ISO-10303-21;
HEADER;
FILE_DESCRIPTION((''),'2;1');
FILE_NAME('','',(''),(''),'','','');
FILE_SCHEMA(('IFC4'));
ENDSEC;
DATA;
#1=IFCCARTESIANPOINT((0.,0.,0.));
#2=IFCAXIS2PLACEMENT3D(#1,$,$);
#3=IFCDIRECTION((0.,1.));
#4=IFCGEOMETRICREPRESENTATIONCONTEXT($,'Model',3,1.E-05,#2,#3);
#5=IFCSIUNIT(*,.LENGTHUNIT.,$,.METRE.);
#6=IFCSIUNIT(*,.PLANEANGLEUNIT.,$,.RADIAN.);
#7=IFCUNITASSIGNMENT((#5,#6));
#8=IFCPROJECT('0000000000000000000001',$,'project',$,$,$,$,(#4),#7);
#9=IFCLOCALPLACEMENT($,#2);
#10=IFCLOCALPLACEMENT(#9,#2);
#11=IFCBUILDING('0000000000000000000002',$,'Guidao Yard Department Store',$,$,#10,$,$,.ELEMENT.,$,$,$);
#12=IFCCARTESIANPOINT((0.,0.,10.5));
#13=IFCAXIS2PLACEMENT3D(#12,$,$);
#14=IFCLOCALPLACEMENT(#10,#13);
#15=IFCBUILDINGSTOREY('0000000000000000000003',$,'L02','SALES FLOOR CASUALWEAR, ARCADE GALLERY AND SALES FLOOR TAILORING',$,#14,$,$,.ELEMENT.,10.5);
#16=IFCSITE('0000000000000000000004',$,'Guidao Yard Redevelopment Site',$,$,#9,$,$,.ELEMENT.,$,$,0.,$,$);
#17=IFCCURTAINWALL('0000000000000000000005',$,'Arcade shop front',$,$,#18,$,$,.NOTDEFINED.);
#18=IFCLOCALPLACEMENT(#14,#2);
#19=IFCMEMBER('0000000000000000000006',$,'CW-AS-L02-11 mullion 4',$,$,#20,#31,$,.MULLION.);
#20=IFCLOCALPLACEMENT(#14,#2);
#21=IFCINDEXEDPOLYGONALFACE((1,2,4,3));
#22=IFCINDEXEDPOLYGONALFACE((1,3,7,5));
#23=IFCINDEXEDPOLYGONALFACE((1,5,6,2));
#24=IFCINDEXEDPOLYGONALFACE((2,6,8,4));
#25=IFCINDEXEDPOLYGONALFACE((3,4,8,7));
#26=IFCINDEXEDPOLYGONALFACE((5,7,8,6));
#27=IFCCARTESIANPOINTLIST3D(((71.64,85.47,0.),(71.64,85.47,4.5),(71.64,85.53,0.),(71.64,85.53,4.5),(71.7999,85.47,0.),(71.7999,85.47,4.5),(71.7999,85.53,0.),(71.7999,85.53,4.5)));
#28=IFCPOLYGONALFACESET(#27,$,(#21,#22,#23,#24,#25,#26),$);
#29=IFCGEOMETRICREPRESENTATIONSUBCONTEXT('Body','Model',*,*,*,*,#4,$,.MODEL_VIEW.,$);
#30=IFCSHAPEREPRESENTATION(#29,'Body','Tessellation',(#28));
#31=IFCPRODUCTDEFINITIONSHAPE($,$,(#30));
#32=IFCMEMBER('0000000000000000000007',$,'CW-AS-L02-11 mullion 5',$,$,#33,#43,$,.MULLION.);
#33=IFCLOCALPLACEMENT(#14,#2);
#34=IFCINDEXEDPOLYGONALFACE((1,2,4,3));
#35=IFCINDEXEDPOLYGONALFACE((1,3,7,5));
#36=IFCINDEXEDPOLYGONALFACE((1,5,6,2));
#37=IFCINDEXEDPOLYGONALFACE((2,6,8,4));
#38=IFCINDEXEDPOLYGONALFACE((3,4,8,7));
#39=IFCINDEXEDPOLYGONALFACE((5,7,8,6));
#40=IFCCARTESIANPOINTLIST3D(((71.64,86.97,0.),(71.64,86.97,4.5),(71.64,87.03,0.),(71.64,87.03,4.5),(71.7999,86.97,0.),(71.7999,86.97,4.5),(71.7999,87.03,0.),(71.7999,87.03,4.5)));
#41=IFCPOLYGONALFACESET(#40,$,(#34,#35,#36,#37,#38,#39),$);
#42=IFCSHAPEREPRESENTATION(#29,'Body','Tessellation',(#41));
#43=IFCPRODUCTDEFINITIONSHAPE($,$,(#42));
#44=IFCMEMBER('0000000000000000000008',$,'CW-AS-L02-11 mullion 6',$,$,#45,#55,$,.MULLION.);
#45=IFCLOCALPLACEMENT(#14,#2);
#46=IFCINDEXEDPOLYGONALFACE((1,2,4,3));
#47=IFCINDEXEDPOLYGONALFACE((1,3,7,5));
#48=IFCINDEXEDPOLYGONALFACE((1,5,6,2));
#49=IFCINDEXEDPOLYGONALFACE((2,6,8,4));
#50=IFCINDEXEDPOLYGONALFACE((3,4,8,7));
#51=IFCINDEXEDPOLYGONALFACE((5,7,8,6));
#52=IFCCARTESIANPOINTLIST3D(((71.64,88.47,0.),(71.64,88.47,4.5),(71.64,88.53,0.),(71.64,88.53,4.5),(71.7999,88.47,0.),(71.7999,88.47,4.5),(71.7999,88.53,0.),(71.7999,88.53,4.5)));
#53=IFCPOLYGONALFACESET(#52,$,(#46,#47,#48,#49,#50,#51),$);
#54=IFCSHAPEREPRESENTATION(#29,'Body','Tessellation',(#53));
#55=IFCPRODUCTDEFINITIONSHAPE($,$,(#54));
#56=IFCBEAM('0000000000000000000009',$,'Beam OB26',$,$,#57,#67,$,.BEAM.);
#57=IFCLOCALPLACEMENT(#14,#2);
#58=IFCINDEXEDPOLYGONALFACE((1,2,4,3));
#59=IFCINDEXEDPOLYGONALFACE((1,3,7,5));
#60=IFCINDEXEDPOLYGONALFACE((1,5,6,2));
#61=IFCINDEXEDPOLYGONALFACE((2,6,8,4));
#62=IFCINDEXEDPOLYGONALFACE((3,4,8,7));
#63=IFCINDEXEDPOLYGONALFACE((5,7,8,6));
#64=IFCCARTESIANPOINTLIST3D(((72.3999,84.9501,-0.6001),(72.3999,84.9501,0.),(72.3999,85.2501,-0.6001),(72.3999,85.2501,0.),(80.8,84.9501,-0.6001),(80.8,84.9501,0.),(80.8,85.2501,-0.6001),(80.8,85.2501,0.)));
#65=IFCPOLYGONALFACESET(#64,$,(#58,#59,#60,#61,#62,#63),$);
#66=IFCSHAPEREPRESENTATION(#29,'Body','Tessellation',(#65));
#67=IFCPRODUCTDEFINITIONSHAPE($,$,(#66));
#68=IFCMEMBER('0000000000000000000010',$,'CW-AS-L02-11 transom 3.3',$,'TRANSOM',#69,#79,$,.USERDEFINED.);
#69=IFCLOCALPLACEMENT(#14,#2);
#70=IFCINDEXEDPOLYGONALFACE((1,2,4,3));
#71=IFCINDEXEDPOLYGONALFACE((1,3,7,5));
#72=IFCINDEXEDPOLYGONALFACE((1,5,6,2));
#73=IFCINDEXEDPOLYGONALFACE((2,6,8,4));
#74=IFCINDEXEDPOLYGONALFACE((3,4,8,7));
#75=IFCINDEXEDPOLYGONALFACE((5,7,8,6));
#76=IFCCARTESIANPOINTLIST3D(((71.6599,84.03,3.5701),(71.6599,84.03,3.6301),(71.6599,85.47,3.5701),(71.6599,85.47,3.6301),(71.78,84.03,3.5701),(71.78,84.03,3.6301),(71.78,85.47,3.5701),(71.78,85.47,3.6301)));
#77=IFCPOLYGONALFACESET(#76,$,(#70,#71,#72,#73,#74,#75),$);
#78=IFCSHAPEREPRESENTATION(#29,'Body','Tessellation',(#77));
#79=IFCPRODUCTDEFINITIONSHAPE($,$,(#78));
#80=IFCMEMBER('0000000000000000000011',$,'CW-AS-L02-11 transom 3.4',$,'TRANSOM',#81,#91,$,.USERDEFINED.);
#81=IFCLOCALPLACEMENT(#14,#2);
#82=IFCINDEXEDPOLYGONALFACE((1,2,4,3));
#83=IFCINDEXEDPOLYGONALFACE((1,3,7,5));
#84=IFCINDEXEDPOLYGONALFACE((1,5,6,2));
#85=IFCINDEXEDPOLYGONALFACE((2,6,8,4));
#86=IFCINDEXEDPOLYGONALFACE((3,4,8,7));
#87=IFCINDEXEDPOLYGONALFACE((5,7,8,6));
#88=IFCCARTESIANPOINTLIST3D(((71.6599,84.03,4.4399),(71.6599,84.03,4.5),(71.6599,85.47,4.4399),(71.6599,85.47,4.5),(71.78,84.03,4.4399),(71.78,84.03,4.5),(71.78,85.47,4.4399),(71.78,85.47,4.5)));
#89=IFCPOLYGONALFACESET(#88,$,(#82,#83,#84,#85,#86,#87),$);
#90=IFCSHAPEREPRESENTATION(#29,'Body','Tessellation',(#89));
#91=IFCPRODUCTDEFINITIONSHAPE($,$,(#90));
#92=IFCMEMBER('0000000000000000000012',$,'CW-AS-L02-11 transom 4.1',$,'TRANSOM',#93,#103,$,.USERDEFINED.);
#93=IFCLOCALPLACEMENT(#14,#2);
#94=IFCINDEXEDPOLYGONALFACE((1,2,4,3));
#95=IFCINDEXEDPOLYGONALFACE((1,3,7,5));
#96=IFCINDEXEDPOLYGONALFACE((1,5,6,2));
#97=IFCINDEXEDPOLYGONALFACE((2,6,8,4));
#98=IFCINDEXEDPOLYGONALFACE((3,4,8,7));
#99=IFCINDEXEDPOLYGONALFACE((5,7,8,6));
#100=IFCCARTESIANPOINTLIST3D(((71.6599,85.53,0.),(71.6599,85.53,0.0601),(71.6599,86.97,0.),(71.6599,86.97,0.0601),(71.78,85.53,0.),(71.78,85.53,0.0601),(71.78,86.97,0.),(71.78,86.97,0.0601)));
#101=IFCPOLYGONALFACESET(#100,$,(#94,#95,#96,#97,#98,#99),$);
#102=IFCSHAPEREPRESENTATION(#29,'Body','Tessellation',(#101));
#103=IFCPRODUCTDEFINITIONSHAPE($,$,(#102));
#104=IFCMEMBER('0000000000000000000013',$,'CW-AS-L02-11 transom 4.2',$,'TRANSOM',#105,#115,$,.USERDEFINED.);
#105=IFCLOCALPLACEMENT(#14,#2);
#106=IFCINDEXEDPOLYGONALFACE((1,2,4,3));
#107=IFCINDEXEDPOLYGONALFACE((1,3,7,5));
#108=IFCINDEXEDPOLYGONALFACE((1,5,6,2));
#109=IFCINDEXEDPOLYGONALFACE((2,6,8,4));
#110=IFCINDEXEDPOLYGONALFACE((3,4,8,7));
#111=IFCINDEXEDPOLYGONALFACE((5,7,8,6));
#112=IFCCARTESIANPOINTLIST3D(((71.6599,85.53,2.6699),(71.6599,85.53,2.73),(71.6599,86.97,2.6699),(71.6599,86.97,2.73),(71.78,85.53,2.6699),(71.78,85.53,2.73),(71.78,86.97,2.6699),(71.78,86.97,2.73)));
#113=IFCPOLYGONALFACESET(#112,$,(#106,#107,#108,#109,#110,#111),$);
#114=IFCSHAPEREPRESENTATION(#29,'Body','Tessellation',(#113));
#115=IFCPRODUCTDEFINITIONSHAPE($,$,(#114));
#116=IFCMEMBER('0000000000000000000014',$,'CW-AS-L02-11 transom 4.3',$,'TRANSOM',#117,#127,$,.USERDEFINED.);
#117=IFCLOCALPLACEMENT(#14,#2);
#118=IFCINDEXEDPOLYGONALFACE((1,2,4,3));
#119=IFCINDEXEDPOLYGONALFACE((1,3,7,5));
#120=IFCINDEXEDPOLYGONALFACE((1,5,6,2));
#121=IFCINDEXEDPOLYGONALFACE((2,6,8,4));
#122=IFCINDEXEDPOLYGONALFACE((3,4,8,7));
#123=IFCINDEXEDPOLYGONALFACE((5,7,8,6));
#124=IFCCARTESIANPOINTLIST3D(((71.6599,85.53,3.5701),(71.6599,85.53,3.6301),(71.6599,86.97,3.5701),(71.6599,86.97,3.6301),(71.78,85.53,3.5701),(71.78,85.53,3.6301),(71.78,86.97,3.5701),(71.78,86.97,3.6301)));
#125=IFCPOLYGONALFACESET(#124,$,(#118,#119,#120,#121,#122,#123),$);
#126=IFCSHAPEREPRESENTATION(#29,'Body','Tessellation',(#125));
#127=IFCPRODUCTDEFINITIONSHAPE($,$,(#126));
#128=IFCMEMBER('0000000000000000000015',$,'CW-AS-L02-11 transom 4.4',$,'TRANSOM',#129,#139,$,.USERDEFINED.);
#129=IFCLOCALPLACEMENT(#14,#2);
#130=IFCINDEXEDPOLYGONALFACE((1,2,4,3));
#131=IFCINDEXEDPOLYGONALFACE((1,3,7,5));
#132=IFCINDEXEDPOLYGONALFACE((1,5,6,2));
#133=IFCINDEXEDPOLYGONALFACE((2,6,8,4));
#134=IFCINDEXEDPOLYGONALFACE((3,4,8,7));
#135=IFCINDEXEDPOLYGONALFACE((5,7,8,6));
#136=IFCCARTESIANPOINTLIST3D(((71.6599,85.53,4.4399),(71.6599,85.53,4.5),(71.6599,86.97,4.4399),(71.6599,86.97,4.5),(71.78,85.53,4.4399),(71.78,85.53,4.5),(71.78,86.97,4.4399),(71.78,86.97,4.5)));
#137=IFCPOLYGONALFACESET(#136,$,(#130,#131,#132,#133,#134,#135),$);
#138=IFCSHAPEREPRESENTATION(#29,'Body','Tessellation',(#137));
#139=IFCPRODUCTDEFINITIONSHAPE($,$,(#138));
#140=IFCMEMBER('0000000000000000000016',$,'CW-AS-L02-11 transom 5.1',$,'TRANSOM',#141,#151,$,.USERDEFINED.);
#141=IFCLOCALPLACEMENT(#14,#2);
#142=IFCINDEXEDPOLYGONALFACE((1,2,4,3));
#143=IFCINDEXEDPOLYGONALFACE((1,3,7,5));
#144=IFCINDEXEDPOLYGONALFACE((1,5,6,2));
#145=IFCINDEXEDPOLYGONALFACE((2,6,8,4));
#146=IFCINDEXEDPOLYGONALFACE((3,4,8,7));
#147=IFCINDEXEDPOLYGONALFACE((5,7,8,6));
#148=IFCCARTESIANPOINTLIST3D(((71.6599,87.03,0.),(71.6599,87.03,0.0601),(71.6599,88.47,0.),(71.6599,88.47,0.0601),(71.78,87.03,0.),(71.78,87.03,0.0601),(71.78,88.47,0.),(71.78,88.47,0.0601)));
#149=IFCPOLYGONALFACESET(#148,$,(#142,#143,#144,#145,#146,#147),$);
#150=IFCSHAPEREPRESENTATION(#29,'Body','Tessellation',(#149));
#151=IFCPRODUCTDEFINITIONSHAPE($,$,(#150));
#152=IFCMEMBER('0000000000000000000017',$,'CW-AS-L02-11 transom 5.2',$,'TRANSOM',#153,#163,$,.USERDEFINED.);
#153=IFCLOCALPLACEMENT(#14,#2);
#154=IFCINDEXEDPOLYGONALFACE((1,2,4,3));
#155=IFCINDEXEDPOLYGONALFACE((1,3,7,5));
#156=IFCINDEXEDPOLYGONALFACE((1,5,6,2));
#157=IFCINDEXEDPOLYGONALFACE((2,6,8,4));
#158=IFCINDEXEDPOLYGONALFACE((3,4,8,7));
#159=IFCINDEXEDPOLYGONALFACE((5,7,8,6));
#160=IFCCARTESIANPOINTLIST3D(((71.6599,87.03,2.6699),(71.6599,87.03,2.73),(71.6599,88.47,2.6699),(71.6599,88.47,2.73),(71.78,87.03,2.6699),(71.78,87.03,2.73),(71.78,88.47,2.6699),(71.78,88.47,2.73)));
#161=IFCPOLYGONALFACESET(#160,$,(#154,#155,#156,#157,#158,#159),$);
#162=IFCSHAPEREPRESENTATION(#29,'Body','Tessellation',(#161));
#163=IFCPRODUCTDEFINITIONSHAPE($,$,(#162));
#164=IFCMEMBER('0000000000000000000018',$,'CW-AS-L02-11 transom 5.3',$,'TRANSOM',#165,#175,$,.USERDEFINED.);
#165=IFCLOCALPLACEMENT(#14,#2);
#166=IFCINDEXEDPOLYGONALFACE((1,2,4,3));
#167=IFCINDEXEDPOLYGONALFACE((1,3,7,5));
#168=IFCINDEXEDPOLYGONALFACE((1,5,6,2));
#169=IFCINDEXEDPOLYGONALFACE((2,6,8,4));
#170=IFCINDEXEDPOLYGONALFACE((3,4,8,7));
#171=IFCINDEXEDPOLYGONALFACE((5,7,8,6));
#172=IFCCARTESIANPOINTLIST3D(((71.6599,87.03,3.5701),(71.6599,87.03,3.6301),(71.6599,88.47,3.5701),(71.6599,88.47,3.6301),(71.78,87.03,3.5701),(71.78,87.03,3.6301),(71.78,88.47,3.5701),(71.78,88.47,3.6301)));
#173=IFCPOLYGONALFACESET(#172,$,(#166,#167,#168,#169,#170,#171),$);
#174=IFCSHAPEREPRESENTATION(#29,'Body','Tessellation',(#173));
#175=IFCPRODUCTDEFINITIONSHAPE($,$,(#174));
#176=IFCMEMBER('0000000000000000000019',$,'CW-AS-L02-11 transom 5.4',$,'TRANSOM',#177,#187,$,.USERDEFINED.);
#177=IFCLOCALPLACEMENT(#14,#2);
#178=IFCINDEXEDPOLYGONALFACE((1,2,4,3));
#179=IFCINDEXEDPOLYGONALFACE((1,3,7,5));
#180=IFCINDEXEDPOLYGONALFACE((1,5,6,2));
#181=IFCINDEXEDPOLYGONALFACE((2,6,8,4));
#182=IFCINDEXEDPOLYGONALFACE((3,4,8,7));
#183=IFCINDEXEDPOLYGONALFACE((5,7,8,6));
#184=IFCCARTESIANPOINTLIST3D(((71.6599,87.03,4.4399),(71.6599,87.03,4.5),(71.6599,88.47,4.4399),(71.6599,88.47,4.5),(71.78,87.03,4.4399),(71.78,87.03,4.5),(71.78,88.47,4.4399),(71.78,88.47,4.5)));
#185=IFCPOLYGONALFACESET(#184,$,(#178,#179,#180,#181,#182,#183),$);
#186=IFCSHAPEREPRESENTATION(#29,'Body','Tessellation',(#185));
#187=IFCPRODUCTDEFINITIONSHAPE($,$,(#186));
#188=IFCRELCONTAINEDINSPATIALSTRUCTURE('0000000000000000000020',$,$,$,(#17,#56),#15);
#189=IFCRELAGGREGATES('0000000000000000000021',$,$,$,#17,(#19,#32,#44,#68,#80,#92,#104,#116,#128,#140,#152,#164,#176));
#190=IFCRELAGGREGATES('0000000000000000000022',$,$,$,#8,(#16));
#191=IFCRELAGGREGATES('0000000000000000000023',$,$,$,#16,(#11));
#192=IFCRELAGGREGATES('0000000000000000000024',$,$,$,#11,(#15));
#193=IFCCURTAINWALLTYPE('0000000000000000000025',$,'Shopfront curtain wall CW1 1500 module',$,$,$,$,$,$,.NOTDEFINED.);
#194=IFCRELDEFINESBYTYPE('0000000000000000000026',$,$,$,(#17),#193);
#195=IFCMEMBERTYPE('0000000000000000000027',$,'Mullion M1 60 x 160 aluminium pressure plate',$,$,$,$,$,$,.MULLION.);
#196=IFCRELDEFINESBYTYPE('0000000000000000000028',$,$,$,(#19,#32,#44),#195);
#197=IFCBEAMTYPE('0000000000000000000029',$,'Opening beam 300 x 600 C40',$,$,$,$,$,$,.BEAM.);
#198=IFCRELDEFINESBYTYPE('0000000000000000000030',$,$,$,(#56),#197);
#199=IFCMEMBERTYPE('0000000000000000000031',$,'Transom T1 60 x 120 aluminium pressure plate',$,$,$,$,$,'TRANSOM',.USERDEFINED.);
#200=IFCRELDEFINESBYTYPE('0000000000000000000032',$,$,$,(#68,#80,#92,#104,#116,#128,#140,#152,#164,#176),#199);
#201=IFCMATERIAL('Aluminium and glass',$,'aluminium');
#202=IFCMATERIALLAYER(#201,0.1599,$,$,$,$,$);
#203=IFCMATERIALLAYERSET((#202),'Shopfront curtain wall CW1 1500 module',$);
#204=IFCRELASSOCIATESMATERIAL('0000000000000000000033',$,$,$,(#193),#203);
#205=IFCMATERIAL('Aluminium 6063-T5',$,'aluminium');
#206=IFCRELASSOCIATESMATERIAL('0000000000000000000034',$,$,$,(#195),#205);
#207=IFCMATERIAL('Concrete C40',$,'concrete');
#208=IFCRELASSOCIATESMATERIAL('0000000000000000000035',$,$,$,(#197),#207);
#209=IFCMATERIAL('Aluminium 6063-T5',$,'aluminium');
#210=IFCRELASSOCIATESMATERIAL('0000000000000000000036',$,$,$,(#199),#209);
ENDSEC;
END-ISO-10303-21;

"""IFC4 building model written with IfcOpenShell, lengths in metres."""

from ifc_helpers import new_model, si_unit, direction, frame, origin, origin_2d, place, context, subcontext, project, spatial, rectangle, extrude, material, layer, layer_set, material_profile, profile_set, type_object, element, aggregate, save


model = new_model("IFC4")

# Units and contexts
model_context = context("Model", 3, precision=1e-05, world=origin(), true_north=direction((0.0, 1.0)))
body_context = subcontext(model_context, "Body", "Model", "MODEL_VIEW")
ifc_project = project(units=[si_unit("LENGTHUNIT", "METRE"), si_unit("PLANEANGLEUNIT", "RADIAN")], contexts=[model_context])

# Site, building, storey
site_placement = place(None, origin())
site = spatial("IfcSite", under=ifc_project, at=site_placement, Name="Guidao Yard Redevelopment Site", CompositionType="ELEMENT", RefElevation=0.0)
building_placement = place(site_placement, origin())
building = spatial("IfcBuilding", under=site, at=building_placement, Name="Guidao Yard Department Store", CompositionType="ELEMENT")
storey_placement = place(building_placement, frame((0.0, 0.0, 10.5)))
storey = spatial("IfcBuildingStorey", under=building, at=storey_placement, Name="L02", Description="SALES FLOOR CASUALWEAR, ARCADE GALLERY AND SALES FLOOR TAILORING", CompositionType="ELEMENT", Elevation=10.5)

# Curtain wall, members
ifc_material_1 = material(Name="Aluminium and glass", Category="aluminium")
ifc_layer_1 = layer(ifc_material_1, 0.1599)
ifc_layer_set_1 = layer_set([ifc_layer_1], Name="Shopfront curtain wall CW1 1500 module")
curtain_wall_type = type_object("IfcCurtainWallType", Name="Shopfront curtain wall CW1 1500 module", PredefinedType="NOTDEFINED", material=ifc_layer_set_1)
curtain_wall_placement = place(storey_placement, origin())
curtain_wall = element("IfcCurtainWall", 1, at=curtain_wall_placement, inside=storey, type_object=curtain_wall_type, Name="Arcade shop front", PredefinedType="NOTDEFINED")
ifc_material_2 = material(Name="Aluminium 6063-T5", Category="aluminium")
ifc_material_profile_1 = material_profile(ifc_material_2, rectangle(XDim=0.0601, YDim=0.1599, at=origin_2d()), Name="Mullion M1 60 x 160 aluminium pressure plate")
ifc_profile_set_1 = profile_set([ifc_material_profile_1], Name="Aluminium 6063-T5")
member_type_1 = type_object("IfcMemberType", Name="Mullion M1 60 x 160 aluminium pressure plate", PredefinedType="MULLION", material=ifc_profile_set_1)
member_1_placement = place(storey_placement, frame((71.72, 85.5, 0.0), z_axis=(0.0, 0.0, 1.0), x_axis=(0.0, 1.0, 0.0)))
member_1 = element("IfcMember", 2, at=member_1_placement, type_object=member_type_1, Name="CW-AS-L02-11 mullion 4", PredefinedType="MULLION", context=body_context, shape_type="SweptSolid", body=[
    extrude(rectangle(XDim=0.0601, YDim=0.1599, at=origin_2d()), origin(), (0.0, 0.0, 1.0), 4.5),
])
member_2_placement = place(storey_placement, frame((71.72, 87.0, 0.0), z_axis=(0.0, 0.0, 1.0), x_axis=(0.0, 1.0, 0.0)))
member_2 = element("IfcMember", 3, at=member_2_placement, type_object=member_type_1, Name="CW-AS-L02-11 mullion 5", PredefinedType="MULLION", context=body_context, shape_type="SweptSolid", body=[
    extrude(rectangle(XDim=0.0601, YDim=0.1599, at=origin_2d()), origin(), (0.0, 0.0, 1.0), 4.5),
])
member_3_placement = place(storey_placement, frame((71.72, 88.5, 0.0), z_axis=(0.0, 0.0, 1.0), x_axis=(0.0, 1.0, 0.0)))
member_3 = element("IfcMember", 4, at=member_3_placement, type_object=member_type_1, Name="CW-AS-L02-11 mullion 6", PredefinedType="MULLION", context=body_context, shape_type="SweptSolid", body=[
    extrude(rectangle(XDim=0.0601, YDim=0.1599, at=origin_2d()), origin(), (0.0, 0.0, 1.0), 4.5),
])

# Beam
ifc_material_3 = material(Name="Concrete C40", Category="concrete")
ifc_material_profile_2 = material_profile(ifc_material_3, rectangle(XDim=0.3, YDim=0.6001, at=origin_2d()), Name="Opening beam 300 x 600 C40")
ifc_profile_set_2 = profile_set([ifc_material_profile_2], Name="Concrete C40")
beam_type = type_object("IfcBeamType", Name="Opening beam 300 x 600 C40", PredefinedType="BEAM", material=ifc_profile_set_2)
beam_placement = place(storey_placement, frame((72.3999, 85.1001, -0.3), z_axis=(1.0, 0.0, 0.0), x_axis=(0.0, 1.0, 0.0)))
element("IfcBeam", 5, at=beam_placement, inside=storey, type_object=beam_type, Name="Beam OB26", PredefinedType="BEAM", context=body_context, shape_type="SweptSolid", body=[
    extrude(rectangle(XDim=0.3, YDim=0.6001, at=origin_2d()), origin(), (0.0, 0.0, 1.0), 8.4001),
])

# Members
ifc_material_4 = material(Name="Aluminium 6063-T5", Category="aluminium")
ifc_material_profile_3 = material_profile(ifc_material_4, rectangle(XDim=0.1201, YDim=0.0601, at=origin_2d()), Name="Transom T1 60 x 120 aluminium pressure plate")
ifc_profile_set_3 = profile_set([ifc_material_profile_3], Name="Aluminium 6063-T5")
member_type_2 = type_object("IfcMemberType", Name="Transom T1 60 x 120 aluminium pressure plate", ElementType="TRANSOM", PredefinedType="USERDEFINED", material=ifc_profile_set_3)
member_4_placement = place(storey_placement, frame((71.72, 84.03, 3.6001), z_axis=(0.0, 1.0, 0.0), x_axis=(-1.0, 0.0, 0.0)))
member_4 = element("IfcMember", 6, at=member_4_placement, type_object=member_type_2, Name="CW-AS-L02-11 transom 3.3", ObjectType="TRANSOM", PredefinedType="USERDEFINED", context=body_context, shape_type="SweptSolid", body=[
    extrude(rectangle(XDim=0.1201, YDim=0.0601, at=origin_2d()), origin(), (0.0, 0.0, 1.0), 1.4399),
])
member_5_placement = place(storey_placement, frame((71.72, 84.03, 4.47), z_axis=(0.0, 1.0, 0.0), x_axis=(-1.0, 0.0, 0.0)))
member_5 = element("IfcMember", 7, at=member_5_placement, type_object=member_type_2, Name="CW-AS-L02-11 transom 3.4", ObjectType="TRANSOM", PredefinedType="USERDEFINED", context=body_context, shape_type="SweptSolid", body=[
    extrude(rectangle(XDim=0.1201, YDim=0.0601, at=origin_2d()), origin(), (0.0, 0.0, 1.0), 1.4399),
])
member_6_placement = place(storey_placement, frame((71.72, 85.53, 0.03), z_axis=(0.0, 1.0, 0.0), x_axis=(-1.0, 0.0, 0.0)))
member_6 = element("IfcMember", 8, at=member_6_placement, type_object=member_type_2, Name="CW-AS-L02-11 transom 4.1", ObjectType="TRANSOM", PredefinedType="USERDEFINED", context=body_context, shape_type="SweptSolid", body=[
    extrude(rectangle(XDim=0.1201, YDim=0.0601, at=origin_2d()), origin(), (0.0, 0.0, 1.0), 1.4399),
])
member_7_placement = place(storey_placement, frame((71.72, 85.53, 2.7), z_axis=(0.0, 1.0, 0.0), x_axis=(-1.0, 0.0, 0.0)))
member_7 = element("IfcMember", 9, at=member_7_placement, type_object=member_type_2, Name="CW-AS-L02-11 transom 4.2", ObjectType="TRANSOM", PredefinedType="USERDEFINED", context=body_context, shape_type="SweptSolid", body=[
    extrude(rectangle(XDim=0.1201, YDim=0.0601, at=origin_2d()), origin(), (0.0, 0.0, 1.0), 1.4399),
])
member_8_placement = place(storey_placement, frame((71.72, 85.53, 3.6001), z_axis=(0.0, 1.0, 0.0), x_axis=(-1.0, 0.0, 0.0)))
member_8 = element("IfcMember", 10, at=member_8_placement, type_object=member_type_2, Name="CW-AS-L02-11 transom 4.3", ObjectType="TRANSOM", PredefinedType="USERDEFINED", context=body_context, shape_type="SweptSolid", body=[
    extrude(rectangle(XDim=0.1201, YDim=0.0601, at=origin_2d()), origin(), (0.0, 0.0, 1.0), 1.4399),
])
member_9_placement = place(storey_placement, frame((71.72, 85.53, 4.47), z_axis=(0.0, 1.0, 0.0), x_axis=(-1.0, 0.0, 0.0)))
member_9 = element("IfcMember", 11, at=member_9_placement, type_object=member_type_2, Name="CW-AS-L02-11 transom 4.4", ObjectType="TRANSOM", PredefinedType="USERDEFINED", context=body_context, shape_type="SweptSolid", body=[
    extrude(rectangle(XDim=0.1201, YDim=0.0601, at=origin_2d()), origin(), (0.0, 0.0, 1.0), 1.4399),
])
member_10_placement = place(storey_placement, frame((71.72, 87.03, 0.03), z_axis=(0.0, 1.0, 0.0), x_axis=(-1.0, 0.0, 0.0)))
member_10 = element("IfcMember", 12, at=member_10_placement, type_object=member_type_2, Name="CW-AS-L02-11 transom 5.1", ObjectType="TRANSOM", PredefinedType="USERDEFINED", context=body_context, shape_type="SweptSolid", body=[
    extrude(rectangle(XDim=0.1201, YDim=0.0601, at=origin_2d()), origin(), (0.0, 0.0, 1.0), 1.4399),
])
member_11_placement = place(storey_placement, frame((71.72, 87.03, 2.7), z_axis=(0.0, 1.0, 0.0), x_axis=(-1.0, 0.0, 0.0)))
member_11 = element("IfcMember", 13, at=member_11_placement, type_object=member_type_2, Name="CW-AS-L02-11 transom 5.2", ObjectType="TRANSOM", PredefinedType="USERDEFINED", context=body_context, shape_type="SweptSolid", body=[
    extrude(rectangle(XDim=0.1201, YDim=0.0601, at=origin_2d()), origin(), (0.0, 0.0, 1.0), 1.4399),
])
member_12_placement = place(storey_placement, frame((71.72, 87.03, 3.6001), z_axis=(0.0, 1.0, 0.0), x_axis=(-1.0, 0.0, 0.0)))
member_12 = element("IfcMember", 14, at=member_12_placement, type_object=member_type_2, Name="CW-AS-L02-11 transom 5.3", ObjectType="TRANSOM", PredefinedType="USERDEFINED", context=body_context, shape_type="SweptSolid", body=[
    extrude(rectangle(XDim=0.1201, YDim=0.0601, at=origin_2d()), origin(), (0.0, 0.0, 1.0), 1.4399),
])
member_13_placement = place(storey_placement, frame((71.72, 87.03, 4.47), z_axis=(0.0, 1.0, 0.0), x_axis=(-1.0, 0.0, 0.0)))
member_13 = element("IfcMember", 15, at=member_13_placement, type_object=member_type_2, Name="CW-AS-L02-11 transom 5.4", ObjectType="TRANSOM", PredefinedType="USERDEFINED", context=body_context, shape_type="SweptSolid", body=[
    extrude(rectangle(XDim=0.1201, YDim=0.0601, at=origin_2d()), origin(), (0.0, 0.0, 1.0), 1.4399),
])

aggregate(curtain_wall, [member_1, member_2, member_3, member_4, member_5, member_6, member_7, member_8, member_9, member_10, member_11, member_12, member_13])

save(model, "model.ifc")
